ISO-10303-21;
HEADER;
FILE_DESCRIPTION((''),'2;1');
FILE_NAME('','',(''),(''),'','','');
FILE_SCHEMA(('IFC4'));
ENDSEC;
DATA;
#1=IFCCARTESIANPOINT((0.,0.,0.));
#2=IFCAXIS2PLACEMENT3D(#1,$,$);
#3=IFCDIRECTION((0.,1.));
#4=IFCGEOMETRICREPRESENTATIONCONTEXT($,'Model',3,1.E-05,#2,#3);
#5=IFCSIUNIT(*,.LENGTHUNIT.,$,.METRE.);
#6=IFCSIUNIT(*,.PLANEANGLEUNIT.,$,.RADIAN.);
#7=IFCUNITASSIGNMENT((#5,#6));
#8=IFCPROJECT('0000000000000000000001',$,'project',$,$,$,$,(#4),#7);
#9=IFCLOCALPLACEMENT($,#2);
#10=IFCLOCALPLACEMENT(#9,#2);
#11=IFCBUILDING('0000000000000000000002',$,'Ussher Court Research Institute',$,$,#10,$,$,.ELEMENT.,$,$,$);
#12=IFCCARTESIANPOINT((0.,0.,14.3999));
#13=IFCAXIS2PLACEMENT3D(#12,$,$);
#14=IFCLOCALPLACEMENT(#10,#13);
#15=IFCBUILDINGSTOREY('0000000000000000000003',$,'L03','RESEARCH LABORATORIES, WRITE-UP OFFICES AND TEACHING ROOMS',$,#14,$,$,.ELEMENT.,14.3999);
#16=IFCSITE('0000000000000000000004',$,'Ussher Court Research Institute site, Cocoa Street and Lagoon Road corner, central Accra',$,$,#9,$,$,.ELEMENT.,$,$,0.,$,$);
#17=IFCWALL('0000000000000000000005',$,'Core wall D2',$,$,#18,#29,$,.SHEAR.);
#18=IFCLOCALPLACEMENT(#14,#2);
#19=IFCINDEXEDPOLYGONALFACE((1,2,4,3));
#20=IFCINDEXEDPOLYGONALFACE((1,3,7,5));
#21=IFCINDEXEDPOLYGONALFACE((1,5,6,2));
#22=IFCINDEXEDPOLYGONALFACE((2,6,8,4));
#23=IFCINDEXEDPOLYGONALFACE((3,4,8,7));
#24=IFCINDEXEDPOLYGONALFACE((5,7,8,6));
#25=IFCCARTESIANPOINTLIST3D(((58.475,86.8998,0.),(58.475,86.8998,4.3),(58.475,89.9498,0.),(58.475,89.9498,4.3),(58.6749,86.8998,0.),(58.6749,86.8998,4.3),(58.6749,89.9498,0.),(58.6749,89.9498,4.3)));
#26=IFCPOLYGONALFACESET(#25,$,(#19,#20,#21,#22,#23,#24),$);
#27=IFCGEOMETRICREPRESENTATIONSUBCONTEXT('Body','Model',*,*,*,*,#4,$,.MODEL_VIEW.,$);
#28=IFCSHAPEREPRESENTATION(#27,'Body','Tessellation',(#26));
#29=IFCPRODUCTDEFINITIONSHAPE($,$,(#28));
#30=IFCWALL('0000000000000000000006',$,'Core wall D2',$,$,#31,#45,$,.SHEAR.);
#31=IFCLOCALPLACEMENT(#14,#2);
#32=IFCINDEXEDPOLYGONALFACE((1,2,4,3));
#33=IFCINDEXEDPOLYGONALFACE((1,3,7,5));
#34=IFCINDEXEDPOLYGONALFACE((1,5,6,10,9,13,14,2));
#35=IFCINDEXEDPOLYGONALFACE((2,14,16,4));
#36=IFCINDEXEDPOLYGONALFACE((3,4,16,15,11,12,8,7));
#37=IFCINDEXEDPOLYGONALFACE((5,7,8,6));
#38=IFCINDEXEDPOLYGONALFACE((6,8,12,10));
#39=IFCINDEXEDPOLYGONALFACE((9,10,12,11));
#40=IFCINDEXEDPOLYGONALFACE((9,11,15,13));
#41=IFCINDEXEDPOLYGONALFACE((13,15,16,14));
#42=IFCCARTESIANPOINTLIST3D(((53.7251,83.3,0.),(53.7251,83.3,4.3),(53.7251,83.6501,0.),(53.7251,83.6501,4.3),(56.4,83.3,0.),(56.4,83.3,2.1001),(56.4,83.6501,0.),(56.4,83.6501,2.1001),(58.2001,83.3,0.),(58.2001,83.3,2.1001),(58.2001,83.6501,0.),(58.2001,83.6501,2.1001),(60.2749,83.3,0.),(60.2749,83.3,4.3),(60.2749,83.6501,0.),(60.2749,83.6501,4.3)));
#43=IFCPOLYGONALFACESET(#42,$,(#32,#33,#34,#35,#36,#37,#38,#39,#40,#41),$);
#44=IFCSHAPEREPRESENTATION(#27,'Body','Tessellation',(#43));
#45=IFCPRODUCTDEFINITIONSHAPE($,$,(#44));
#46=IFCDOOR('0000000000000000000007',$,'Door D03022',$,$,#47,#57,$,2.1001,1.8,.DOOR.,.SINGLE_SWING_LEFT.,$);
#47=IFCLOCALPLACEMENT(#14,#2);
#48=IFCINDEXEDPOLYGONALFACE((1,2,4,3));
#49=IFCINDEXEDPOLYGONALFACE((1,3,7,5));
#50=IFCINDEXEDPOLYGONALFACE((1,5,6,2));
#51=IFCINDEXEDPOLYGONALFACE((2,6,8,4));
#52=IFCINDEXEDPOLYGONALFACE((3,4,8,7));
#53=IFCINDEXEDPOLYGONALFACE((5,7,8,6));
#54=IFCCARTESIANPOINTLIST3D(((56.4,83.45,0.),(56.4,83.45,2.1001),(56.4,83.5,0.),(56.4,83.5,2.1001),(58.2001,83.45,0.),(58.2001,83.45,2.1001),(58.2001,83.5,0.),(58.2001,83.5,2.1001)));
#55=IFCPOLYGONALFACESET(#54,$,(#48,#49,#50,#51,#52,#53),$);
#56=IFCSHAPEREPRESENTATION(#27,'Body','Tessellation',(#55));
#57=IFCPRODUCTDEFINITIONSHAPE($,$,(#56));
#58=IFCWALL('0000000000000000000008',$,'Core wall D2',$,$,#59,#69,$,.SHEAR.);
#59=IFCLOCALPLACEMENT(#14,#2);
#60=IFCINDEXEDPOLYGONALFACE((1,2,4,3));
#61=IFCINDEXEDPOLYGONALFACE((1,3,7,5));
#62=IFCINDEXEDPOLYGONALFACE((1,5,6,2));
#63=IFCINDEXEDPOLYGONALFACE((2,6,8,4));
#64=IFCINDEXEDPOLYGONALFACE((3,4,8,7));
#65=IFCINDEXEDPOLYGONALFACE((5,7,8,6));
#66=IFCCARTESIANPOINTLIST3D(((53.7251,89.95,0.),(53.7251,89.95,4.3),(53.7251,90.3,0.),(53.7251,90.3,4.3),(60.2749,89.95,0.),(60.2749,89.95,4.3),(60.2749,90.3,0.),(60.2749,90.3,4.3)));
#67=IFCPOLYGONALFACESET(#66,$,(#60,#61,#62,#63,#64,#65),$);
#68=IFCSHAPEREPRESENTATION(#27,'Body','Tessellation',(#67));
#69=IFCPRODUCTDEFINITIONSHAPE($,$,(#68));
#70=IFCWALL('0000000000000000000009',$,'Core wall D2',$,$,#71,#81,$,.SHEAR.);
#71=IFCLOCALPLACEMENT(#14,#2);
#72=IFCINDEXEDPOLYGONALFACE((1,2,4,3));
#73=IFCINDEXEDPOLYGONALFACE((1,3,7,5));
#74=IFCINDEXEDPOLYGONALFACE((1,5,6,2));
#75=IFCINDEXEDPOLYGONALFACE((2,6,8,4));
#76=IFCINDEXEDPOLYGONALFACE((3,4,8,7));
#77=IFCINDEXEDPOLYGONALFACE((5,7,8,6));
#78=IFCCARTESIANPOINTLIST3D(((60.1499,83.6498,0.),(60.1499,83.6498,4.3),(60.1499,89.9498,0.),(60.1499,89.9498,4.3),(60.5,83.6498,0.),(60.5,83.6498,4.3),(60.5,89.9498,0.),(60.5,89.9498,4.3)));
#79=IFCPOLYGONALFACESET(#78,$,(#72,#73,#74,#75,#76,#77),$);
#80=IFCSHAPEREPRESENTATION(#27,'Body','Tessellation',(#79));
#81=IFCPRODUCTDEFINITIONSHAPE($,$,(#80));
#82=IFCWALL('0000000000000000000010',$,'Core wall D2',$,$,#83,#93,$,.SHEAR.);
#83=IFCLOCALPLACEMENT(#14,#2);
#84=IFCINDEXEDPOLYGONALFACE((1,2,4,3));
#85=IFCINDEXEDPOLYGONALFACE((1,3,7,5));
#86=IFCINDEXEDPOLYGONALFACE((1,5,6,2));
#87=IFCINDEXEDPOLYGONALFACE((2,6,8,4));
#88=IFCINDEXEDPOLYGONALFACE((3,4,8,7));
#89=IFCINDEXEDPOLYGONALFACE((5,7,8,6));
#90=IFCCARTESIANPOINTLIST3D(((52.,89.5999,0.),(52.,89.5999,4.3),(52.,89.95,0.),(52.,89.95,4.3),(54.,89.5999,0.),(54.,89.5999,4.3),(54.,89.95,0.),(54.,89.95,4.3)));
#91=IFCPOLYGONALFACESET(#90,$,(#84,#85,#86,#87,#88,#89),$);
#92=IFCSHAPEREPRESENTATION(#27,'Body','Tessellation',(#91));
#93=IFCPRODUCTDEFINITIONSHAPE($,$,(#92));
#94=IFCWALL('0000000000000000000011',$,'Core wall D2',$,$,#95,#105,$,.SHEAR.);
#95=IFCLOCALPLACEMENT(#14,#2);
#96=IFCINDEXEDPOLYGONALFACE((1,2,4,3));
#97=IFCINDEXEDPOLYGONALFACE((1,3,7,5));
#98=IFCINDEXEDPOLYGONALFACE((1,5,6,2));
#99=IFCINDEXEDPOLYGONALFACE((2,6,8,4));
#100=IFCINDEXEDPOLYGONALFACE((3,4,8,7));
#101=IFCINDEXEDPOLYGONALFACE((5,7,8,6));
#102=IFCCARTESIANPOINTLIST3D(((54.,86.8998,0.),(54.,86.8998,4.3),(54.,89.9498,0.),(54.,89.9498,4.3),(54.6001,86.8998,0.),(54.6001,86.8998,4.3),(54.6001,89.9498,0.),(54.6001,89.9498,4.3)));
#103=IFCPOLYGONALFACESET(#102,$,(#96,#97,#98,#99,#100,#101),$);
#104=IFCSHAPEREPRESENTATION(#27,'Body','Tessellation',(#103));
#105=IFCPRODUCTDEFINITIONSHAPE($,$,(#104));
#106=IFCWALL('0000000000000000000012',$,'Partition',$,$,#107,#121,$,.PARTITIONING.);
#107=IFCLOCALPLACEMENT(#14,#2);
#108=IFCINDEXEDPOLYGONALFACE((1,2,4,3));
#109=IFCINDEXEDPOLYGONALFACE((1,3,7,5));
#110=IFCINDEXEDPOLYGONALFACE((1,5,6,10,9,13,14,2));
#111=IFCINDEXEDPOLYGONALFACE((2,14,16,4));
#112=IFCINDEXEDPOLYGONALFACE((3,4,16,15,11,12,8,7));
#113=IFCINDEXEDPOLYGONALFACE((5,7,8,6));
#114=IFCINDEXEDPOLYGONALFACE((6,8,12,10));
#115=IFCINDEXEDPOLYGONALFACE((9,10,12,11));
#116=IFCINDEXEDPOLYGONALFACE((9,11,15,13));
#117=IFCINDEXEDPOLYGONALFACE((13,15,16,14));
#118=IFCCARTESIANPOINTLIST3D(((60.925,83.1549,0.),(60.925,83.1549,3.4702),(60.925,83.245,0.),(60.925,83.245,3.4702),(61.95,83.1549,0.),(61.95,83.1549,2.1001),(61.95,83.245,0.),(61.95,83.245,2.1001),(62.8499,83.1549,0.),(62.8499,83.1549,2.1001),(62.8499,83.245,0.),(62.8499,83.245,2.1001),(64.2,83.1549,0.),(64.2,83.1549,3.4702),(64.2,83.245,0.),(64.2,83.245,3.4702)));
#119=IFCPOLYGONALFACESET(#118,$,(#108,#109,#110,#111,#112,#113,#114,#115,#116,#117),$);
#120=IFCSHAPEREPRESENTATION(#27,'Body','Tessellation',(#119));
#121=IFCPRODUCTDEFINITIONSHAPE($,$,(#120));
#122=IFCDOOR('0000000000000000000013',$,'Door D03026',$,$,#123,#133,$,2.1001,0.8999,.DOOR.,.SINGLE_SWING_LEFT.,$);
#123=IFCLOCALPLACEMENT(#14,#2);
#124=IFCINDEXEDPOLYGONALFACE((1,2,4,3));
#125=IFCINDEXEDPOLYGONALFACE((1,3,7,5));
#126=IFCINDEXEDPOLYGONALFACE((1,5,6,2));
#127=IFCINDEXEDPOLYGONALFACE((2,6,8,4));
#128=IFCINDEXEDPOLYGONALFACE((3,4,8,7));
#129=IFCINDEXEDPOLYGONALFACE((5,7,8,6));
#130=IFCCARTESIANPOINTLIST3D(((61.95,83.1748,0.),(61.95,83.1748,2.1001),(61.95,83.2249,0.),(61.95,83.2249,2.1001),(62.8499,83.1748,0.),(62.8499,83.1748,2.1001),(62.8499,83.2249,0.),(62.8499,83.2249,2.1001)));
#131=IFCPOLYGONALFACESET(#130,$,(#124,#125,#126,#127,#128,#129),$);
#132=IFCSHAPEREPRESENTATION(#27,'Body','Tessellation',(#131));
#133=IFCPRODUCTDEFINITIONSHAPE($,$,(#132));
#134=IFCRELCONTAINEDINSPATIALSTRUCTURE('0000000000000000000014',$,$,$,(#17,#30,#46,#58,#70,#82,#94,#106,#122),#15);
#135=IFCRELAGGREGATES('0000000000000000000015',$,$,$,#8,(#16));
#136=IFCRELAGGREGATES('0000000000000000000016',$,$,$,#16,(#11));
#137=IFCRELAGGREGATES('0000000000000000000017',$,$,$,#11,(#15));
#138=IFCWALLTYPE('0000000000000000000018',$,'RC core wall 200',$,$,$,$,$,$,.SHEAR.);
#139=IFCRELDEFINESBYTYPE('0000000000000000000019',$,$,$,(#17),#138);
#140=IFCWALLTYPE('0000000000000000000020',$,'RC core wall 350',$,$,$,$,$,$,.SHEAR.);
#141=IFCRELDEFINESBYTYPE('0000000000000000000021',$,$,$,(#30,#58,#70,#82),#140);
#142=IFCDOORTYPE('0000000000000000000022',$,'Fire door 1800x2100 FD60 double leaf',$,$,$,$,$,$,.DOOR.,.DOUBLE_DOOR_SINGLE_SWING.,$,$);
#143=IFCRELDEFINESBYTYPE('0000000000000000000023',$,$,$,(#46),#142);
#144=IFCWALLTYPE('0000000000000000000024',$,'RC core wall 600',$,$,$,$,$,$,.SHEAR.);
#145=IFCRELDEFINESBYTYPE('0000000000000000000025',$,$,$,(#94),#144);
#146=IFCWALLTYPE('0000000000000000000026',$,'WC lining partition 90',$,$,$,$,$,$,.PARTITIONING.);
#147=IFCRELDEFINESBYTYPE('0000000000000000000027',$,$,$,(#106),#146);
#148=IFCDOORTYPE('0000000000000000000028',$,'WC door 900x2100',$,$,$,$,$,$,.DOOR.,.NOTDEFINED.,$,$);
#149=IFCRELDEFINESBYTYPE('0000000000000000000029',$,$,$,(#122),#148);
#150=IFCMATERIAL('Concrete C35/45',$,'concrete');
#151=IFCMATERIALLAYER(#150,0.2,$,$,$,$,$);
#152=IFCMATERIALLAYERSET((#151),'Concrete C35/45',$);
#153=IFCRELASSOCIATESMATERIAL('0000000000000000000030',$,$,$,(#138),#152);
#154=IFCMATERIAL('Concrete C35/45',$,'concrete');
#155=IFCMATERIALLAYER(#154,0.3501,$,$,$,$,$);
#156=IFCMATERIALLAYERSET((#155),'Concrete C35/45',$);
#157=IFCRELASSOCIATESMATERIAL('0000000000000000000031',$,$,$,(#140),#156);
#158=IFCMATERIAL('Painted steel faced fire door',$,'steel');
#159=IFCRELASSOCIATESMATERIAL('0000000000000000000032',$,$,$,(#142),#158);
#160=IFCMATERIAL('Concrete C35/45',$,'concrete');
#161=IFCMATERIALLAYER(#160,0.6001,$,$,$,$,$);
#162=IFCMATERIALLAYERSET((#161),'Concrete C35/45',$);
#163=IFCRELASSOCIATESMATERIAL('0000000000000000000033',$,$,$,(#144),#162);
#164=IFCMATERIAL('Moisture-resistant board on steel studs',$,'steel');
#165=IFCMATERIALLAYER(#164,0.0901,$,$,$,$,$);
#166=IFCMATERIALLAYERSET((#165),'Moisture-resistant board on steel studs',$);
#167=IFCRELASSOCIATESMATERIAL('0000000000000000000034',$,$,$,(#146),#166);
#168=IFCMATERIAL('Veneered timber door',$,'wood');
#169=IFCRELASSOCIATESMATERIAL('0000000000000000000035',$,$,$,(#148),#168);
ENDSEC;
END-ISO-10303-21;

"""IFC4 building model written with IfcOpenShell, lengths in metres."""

from ifc_helpers import new_model, si_unit, direction, frame, frame_2d, origin, place, context, subcontext, project, spatial, rectangle, extrude, material, layer, layer_set, type_object, element, fill, save


model = new_model("IFC4")

# Units and contexts
model_context = context("Model", 3, precision=1e-05, world=origin(), true_north=direction((0.0, 1.0)))
body_context = subcontext(model_context, "Body", "Model", "MODEL_VIEW")
ifc_project = project(units=[si_unit("LENGTHUNIT", "METRE"), si_unit("PLANEANGLEUNIT", "RADIAN")], contexts=[model_context])

# Site, building, storey
site_placement = place(None, origin())
site = spatial("IfcSite", under=ifc_project, at=site_placement, Name="Ussher Court Research Institute site, Cocoa Street and Lagoon Road corner, central Accra", CompositionType="ELEMENT", RefElevation=0.0)
building_placement = place(site_placement, origin())
building = spatial("IfcBuilding", under=site, at=building_placement, Name="Ussher Court Research Institute", CompositionType="ELEMENT")
storey_placement = place(building_placement, frame((0.0, 0.0, 14.3999)))
storey = spatial("IfcBuildingStorey", under=building, at=storey_placement, Name="L03", Description="RESEARCH LABORATORIES, WRITE-UP OFFICES AND TEACHING ROOMS", CompositionType="ELEMENT", Elevation=14.3999)

# Shared definitions
ifc_material_1 = material(Name="Concrete C35/45", Category="concrete")
ifc_layer_1 = layer(ifc_material_1, 0.2)
ifc_layer_set_1 = layer_set([ifc_layer_1], Name="Concrete C35/45")
wall_type_1 = type_object("IfcWallType", Name="RC core wall 200", PredefinedType="SHEAR", material=ifc_layer_set_1)

# Wall
for number, where, z_axis, x_axis, name in (
    (1, (58.575, 86.8999, 0.0), (0.0, 0.0, 1.0), (0.0, 1.0, 0.0), "Core wall D2"),
):
    element("IfcWall", number, at=place(storey_placement, frame(where, z_axis=z_axis, x_axis=x_axis)), inside=storey, type_object=wall_type_1, Name=name, PredefinedType="SHEAR", context=body_context, shape_type="SweptSolid", body=[
        extrude(rectangle(XDim=3.05, YDim=0.2, at=frame_2d((1.5249, 0.0))), origin(), (0.0, 0.0, 1.0), 4.3),
    ])

# Wall, opening, door
ifc_material_2 = material(Name="Concrete C35/45", Category="concrete")
ifc_layer_2 = layer(ifc_material_2, 0.3501)
ifc_layer_set_2 = layer_set([ifc_layer_2], Name="Concrete C35/45")
wall_type_2 = type_object("IfcWallType", Name="RC core wall 350", PredefinedType="SHEAR", material=ifc_layer_set_2)
wall_1_placement = place(storey_placement, frame((53.7251, 83.4751, 0.0), z_axis=(0.0, 0.0, 1.0), x_axis=(1.0, 0.0, 0.0)))
wall_1 = element("IfcWall", 2, at=wall_1_placement, inside=storey, type_object=wall_type_2, Name="Core wall D2", PredefinedType="SHEAR", context=body_context, shape_type="SweptSolid", body=[
    extrude(rectangle(XDim=6.5498, YDim=0.3501, at=frame_2d((3.2749, 0.0))), origin(), (0.0, 0.0, 1.0), 4.3),
])
opening_1_placement = place(wall_1_placement, frame((2.675, 0.0, 0.0)))
opening_1 = element("IfcOpeningElement", 3, at=opening_1_placement, cuts=wall_1, PredefinedType="OPENING", context=body_context, shape_type="SweptSolid", body=[
    extrude(rectangle(XDim=1.8, YDim=2.1001, at=frame_2d((0.8999, 1.05))), frame((0.0, 0.1851, 0.0), z_axis=(0.0, -1.0, 0.0), x_axis=(1.0, 0.0, 0.0)), (0.0, 0.0, 1.0), 0.3701),
])
ifc_material_3 = material(Name="Painted steel faced fire door", Category="steel")
door_type_1 = type_object("IfcDoorType", Name="Fire door 1800x2100 FD60 double leaf", OperationType="DOUBLE_DOOR_SINGLE_SWING", PredefinedType="DOOR", material=ifc_material_3)
door_1_placement = place(opening_1_placement, origin())
door_1 = element("IfcDoor", 4, at=door_1_placement, inside=storey, type_object=door_type_1, Name="Door D03022", OperationType="SINGLE_SWING_LEFT", OverallHeight=2.1001, OverallWidth=1.8, PredefinedType="DOOR", context=body_context, shape_type="SweptSolid", body=[
    extrude(rectangle(XDim=1.8, YDim=2.1001, at=frame_2d((0.8999, 1.05))), frame((0.0, 0.0249, 0.0), z_axis=(0.0, -1.0, 0.0), x_axis=(1.0, 0.0, 0.0)), (0.0, 0.0, 1.0), 0.05),
])
fill(opening_1, door_1)

# Walls
wall_2_placement = place(storey_placement, frame((53.7251, 90.125, 0.0), z_axis=(0.0, 0.0, 1.0), x_axis=(1.0, 0.0, 0.0)))
element("IfcWall", 5, at=wall_2_placement, inside=storey, type_object=wall_type_2, Name="Core wall D2", PredefinedType="SHEAR", context=body_context, shape_type="SweptSolid", body=[
    extrude(rectangle(XDim=6.5498, YDim=0.3501, at=frame_2d((3.2749, 0.0))), origin(), (0.0, 0.0, 1.0), 4.3),
])
wall_3_placement = place(storey_placement, frame((60.325, 83.6499, 0.0), z_axis=(0.0, 0.0, 1.0), x_axis=(0.0, 1.0, 0.0)))
element("IfcWall", 6, at=wall_3_placement, inside=storey, type_object=wall_type_2, Name="Core wall D2", PredefinedType="SHEAR", context=body_context, shape_type="SweptSolid", body=[
    extrude(rectangle(XDim=6.3, YDim=0.3501, at=frame_2d((3.1499, 0.0))), origin(), (0.0, 0.0, 1.0), 4.3),
])
wall_4_placement = place(storey_placement, frame((52.0, 89.7749, 0.0), z_axis=(0.0, 0.0, 1.0), x_axis=(1.0, 0.0, 0.0)))
element("IfcWall", 7, at=wall_4_placement, inside=storey, type_object=wall_type_2, Name="Core wall D2", PredefinedType="SHEAR", context=body_context, shape_type="SweptSolid", body=[
    extrude(rectangle(XDim=2.0, YDim=0.3501, at=frame_2d((1.0, 0.0))), origin(), (0.0, 0.0, 1.0), 4.3),
])
ifc_material_4 = material(Name="Concrete C35/45", Category="concrete")
ifc_layer_3 = layer(ifc_material_4, 0.6001)
ifc_layer_set_3 = layer_set([ifc_layer_3], Name="Concrete C35/45")
wall_type_3 = type_object("IfcWallType", Name="RC core wall 600", PredefinedType="SHEAR", material=ifc_layer_set_3)
wall_5_placement = place(storey_placement, frame((54.3, 86.8999, 0.0), z_axis=(0.0, 0.0, 1.0), x_axis=(0.0, 1.0, 0.0)))
element("IfcWall", 8, at=wall_5_placement, inside=storey, type_object=wall_type_3, Name="Core wall D2", PredefinedType="SHEAR", context=body_context, shape_type="SweptSolid", body=[
    extrude(rectangle(XDim=3.05, YDim=0.6001, at=frame_2d((1.5249, 0.0))), origin(), (0.0, 0.0, 1.0), 4.3),
])

# Wall, opening, door
ifc_material_5 = material(Name="Moisture-resistant board on steel studs", Category="steel")
ifc_layer_4 = layer(ifc_material_5, 0.0901)
ifc_layer_set_4 = layer_set([ifc_layer_4], Name="Moisture-resistant board on steel studs")
wall_type_4 = type_object("IfcWallType", Name="WC lining partition 90", PredefinedType="PARTITIONING", material=ifc_layer_set_4)
wall_6_placement = place(storey_placement, frame((60.925, 83.2, 0.0), z_axis=(0.0, 0.0, 1.0), x_axis=(1.0, 0.0, 0.0)))
wall_6 = element("IfcWall", 9, at=wall_6_placement, inside=storey, type_object=wall_type_4, Name="Partition", PredefinedType="PARTITIONING", context=body_context, shape_type="SweptSolid", body=[
    extrude(rectangle(XDim=3.2749, YDim=0.0901, at=frame_2d((1.6375, 0.0))), origin(), (0.0, 0.0, 1.0), 3.4702),
])
opening_2_placement = place(wall_6_placement, frame((1.0249, 0.0, 0.0)))
opening_2 = element("IfcOpeningElement", 10, at=opening_2_placement, cuts=wall_6, PredefinedType="OPENING", context=body_context, shape_type="SweptSolid", body=[
    extrude(rectangle(XDim=0.8999, YDim=2.1001, at=frame_2d((0.45, 1.05))), frame((0.0, 0.0552, 0.0), z_axis=(0.0, -1.0, 0.0), x_axis=(1.0, 0.0, 0.0)), (0.0, 0.0, 1.0), 0.1101),
])
ifc_material_6 = material(Name="Veneered timber door", Category="wood")
door_type_2 = type_object("IfcDoorType", Name="WC door 900x2100", OperationType="NOTDEFINED", PredefinedType="DOOR", material=ifc_material_6)
door_2_placement = place(opening_2_placement, origin())
door_2 = element("IfcDoor", 11, at=door_2_placement, inside=storey, type_object=door_type_2, Name="Door D03026", OperationType="SINGLE_SWING_LEFT", OverallHeight=2.1001, OverallWidth=0.8999, PredefinedType="DOOR", context=body_context, shape_type="SweptSolid", body=[
    extrude(rectangle(XDim=0.8999, YDim=2.1001, at=frame_2d((0.45, 1.05))), frame((0.0, 0.0249, 0.0), z_axis=(0.0, -1.0, 0.0), x_axis=(1.0, 0.0, 0.0)), (0.0, 0.0, 1.0), 0.05),
])
fill(opening_2, door_2)

save(model, "model.ifc")
